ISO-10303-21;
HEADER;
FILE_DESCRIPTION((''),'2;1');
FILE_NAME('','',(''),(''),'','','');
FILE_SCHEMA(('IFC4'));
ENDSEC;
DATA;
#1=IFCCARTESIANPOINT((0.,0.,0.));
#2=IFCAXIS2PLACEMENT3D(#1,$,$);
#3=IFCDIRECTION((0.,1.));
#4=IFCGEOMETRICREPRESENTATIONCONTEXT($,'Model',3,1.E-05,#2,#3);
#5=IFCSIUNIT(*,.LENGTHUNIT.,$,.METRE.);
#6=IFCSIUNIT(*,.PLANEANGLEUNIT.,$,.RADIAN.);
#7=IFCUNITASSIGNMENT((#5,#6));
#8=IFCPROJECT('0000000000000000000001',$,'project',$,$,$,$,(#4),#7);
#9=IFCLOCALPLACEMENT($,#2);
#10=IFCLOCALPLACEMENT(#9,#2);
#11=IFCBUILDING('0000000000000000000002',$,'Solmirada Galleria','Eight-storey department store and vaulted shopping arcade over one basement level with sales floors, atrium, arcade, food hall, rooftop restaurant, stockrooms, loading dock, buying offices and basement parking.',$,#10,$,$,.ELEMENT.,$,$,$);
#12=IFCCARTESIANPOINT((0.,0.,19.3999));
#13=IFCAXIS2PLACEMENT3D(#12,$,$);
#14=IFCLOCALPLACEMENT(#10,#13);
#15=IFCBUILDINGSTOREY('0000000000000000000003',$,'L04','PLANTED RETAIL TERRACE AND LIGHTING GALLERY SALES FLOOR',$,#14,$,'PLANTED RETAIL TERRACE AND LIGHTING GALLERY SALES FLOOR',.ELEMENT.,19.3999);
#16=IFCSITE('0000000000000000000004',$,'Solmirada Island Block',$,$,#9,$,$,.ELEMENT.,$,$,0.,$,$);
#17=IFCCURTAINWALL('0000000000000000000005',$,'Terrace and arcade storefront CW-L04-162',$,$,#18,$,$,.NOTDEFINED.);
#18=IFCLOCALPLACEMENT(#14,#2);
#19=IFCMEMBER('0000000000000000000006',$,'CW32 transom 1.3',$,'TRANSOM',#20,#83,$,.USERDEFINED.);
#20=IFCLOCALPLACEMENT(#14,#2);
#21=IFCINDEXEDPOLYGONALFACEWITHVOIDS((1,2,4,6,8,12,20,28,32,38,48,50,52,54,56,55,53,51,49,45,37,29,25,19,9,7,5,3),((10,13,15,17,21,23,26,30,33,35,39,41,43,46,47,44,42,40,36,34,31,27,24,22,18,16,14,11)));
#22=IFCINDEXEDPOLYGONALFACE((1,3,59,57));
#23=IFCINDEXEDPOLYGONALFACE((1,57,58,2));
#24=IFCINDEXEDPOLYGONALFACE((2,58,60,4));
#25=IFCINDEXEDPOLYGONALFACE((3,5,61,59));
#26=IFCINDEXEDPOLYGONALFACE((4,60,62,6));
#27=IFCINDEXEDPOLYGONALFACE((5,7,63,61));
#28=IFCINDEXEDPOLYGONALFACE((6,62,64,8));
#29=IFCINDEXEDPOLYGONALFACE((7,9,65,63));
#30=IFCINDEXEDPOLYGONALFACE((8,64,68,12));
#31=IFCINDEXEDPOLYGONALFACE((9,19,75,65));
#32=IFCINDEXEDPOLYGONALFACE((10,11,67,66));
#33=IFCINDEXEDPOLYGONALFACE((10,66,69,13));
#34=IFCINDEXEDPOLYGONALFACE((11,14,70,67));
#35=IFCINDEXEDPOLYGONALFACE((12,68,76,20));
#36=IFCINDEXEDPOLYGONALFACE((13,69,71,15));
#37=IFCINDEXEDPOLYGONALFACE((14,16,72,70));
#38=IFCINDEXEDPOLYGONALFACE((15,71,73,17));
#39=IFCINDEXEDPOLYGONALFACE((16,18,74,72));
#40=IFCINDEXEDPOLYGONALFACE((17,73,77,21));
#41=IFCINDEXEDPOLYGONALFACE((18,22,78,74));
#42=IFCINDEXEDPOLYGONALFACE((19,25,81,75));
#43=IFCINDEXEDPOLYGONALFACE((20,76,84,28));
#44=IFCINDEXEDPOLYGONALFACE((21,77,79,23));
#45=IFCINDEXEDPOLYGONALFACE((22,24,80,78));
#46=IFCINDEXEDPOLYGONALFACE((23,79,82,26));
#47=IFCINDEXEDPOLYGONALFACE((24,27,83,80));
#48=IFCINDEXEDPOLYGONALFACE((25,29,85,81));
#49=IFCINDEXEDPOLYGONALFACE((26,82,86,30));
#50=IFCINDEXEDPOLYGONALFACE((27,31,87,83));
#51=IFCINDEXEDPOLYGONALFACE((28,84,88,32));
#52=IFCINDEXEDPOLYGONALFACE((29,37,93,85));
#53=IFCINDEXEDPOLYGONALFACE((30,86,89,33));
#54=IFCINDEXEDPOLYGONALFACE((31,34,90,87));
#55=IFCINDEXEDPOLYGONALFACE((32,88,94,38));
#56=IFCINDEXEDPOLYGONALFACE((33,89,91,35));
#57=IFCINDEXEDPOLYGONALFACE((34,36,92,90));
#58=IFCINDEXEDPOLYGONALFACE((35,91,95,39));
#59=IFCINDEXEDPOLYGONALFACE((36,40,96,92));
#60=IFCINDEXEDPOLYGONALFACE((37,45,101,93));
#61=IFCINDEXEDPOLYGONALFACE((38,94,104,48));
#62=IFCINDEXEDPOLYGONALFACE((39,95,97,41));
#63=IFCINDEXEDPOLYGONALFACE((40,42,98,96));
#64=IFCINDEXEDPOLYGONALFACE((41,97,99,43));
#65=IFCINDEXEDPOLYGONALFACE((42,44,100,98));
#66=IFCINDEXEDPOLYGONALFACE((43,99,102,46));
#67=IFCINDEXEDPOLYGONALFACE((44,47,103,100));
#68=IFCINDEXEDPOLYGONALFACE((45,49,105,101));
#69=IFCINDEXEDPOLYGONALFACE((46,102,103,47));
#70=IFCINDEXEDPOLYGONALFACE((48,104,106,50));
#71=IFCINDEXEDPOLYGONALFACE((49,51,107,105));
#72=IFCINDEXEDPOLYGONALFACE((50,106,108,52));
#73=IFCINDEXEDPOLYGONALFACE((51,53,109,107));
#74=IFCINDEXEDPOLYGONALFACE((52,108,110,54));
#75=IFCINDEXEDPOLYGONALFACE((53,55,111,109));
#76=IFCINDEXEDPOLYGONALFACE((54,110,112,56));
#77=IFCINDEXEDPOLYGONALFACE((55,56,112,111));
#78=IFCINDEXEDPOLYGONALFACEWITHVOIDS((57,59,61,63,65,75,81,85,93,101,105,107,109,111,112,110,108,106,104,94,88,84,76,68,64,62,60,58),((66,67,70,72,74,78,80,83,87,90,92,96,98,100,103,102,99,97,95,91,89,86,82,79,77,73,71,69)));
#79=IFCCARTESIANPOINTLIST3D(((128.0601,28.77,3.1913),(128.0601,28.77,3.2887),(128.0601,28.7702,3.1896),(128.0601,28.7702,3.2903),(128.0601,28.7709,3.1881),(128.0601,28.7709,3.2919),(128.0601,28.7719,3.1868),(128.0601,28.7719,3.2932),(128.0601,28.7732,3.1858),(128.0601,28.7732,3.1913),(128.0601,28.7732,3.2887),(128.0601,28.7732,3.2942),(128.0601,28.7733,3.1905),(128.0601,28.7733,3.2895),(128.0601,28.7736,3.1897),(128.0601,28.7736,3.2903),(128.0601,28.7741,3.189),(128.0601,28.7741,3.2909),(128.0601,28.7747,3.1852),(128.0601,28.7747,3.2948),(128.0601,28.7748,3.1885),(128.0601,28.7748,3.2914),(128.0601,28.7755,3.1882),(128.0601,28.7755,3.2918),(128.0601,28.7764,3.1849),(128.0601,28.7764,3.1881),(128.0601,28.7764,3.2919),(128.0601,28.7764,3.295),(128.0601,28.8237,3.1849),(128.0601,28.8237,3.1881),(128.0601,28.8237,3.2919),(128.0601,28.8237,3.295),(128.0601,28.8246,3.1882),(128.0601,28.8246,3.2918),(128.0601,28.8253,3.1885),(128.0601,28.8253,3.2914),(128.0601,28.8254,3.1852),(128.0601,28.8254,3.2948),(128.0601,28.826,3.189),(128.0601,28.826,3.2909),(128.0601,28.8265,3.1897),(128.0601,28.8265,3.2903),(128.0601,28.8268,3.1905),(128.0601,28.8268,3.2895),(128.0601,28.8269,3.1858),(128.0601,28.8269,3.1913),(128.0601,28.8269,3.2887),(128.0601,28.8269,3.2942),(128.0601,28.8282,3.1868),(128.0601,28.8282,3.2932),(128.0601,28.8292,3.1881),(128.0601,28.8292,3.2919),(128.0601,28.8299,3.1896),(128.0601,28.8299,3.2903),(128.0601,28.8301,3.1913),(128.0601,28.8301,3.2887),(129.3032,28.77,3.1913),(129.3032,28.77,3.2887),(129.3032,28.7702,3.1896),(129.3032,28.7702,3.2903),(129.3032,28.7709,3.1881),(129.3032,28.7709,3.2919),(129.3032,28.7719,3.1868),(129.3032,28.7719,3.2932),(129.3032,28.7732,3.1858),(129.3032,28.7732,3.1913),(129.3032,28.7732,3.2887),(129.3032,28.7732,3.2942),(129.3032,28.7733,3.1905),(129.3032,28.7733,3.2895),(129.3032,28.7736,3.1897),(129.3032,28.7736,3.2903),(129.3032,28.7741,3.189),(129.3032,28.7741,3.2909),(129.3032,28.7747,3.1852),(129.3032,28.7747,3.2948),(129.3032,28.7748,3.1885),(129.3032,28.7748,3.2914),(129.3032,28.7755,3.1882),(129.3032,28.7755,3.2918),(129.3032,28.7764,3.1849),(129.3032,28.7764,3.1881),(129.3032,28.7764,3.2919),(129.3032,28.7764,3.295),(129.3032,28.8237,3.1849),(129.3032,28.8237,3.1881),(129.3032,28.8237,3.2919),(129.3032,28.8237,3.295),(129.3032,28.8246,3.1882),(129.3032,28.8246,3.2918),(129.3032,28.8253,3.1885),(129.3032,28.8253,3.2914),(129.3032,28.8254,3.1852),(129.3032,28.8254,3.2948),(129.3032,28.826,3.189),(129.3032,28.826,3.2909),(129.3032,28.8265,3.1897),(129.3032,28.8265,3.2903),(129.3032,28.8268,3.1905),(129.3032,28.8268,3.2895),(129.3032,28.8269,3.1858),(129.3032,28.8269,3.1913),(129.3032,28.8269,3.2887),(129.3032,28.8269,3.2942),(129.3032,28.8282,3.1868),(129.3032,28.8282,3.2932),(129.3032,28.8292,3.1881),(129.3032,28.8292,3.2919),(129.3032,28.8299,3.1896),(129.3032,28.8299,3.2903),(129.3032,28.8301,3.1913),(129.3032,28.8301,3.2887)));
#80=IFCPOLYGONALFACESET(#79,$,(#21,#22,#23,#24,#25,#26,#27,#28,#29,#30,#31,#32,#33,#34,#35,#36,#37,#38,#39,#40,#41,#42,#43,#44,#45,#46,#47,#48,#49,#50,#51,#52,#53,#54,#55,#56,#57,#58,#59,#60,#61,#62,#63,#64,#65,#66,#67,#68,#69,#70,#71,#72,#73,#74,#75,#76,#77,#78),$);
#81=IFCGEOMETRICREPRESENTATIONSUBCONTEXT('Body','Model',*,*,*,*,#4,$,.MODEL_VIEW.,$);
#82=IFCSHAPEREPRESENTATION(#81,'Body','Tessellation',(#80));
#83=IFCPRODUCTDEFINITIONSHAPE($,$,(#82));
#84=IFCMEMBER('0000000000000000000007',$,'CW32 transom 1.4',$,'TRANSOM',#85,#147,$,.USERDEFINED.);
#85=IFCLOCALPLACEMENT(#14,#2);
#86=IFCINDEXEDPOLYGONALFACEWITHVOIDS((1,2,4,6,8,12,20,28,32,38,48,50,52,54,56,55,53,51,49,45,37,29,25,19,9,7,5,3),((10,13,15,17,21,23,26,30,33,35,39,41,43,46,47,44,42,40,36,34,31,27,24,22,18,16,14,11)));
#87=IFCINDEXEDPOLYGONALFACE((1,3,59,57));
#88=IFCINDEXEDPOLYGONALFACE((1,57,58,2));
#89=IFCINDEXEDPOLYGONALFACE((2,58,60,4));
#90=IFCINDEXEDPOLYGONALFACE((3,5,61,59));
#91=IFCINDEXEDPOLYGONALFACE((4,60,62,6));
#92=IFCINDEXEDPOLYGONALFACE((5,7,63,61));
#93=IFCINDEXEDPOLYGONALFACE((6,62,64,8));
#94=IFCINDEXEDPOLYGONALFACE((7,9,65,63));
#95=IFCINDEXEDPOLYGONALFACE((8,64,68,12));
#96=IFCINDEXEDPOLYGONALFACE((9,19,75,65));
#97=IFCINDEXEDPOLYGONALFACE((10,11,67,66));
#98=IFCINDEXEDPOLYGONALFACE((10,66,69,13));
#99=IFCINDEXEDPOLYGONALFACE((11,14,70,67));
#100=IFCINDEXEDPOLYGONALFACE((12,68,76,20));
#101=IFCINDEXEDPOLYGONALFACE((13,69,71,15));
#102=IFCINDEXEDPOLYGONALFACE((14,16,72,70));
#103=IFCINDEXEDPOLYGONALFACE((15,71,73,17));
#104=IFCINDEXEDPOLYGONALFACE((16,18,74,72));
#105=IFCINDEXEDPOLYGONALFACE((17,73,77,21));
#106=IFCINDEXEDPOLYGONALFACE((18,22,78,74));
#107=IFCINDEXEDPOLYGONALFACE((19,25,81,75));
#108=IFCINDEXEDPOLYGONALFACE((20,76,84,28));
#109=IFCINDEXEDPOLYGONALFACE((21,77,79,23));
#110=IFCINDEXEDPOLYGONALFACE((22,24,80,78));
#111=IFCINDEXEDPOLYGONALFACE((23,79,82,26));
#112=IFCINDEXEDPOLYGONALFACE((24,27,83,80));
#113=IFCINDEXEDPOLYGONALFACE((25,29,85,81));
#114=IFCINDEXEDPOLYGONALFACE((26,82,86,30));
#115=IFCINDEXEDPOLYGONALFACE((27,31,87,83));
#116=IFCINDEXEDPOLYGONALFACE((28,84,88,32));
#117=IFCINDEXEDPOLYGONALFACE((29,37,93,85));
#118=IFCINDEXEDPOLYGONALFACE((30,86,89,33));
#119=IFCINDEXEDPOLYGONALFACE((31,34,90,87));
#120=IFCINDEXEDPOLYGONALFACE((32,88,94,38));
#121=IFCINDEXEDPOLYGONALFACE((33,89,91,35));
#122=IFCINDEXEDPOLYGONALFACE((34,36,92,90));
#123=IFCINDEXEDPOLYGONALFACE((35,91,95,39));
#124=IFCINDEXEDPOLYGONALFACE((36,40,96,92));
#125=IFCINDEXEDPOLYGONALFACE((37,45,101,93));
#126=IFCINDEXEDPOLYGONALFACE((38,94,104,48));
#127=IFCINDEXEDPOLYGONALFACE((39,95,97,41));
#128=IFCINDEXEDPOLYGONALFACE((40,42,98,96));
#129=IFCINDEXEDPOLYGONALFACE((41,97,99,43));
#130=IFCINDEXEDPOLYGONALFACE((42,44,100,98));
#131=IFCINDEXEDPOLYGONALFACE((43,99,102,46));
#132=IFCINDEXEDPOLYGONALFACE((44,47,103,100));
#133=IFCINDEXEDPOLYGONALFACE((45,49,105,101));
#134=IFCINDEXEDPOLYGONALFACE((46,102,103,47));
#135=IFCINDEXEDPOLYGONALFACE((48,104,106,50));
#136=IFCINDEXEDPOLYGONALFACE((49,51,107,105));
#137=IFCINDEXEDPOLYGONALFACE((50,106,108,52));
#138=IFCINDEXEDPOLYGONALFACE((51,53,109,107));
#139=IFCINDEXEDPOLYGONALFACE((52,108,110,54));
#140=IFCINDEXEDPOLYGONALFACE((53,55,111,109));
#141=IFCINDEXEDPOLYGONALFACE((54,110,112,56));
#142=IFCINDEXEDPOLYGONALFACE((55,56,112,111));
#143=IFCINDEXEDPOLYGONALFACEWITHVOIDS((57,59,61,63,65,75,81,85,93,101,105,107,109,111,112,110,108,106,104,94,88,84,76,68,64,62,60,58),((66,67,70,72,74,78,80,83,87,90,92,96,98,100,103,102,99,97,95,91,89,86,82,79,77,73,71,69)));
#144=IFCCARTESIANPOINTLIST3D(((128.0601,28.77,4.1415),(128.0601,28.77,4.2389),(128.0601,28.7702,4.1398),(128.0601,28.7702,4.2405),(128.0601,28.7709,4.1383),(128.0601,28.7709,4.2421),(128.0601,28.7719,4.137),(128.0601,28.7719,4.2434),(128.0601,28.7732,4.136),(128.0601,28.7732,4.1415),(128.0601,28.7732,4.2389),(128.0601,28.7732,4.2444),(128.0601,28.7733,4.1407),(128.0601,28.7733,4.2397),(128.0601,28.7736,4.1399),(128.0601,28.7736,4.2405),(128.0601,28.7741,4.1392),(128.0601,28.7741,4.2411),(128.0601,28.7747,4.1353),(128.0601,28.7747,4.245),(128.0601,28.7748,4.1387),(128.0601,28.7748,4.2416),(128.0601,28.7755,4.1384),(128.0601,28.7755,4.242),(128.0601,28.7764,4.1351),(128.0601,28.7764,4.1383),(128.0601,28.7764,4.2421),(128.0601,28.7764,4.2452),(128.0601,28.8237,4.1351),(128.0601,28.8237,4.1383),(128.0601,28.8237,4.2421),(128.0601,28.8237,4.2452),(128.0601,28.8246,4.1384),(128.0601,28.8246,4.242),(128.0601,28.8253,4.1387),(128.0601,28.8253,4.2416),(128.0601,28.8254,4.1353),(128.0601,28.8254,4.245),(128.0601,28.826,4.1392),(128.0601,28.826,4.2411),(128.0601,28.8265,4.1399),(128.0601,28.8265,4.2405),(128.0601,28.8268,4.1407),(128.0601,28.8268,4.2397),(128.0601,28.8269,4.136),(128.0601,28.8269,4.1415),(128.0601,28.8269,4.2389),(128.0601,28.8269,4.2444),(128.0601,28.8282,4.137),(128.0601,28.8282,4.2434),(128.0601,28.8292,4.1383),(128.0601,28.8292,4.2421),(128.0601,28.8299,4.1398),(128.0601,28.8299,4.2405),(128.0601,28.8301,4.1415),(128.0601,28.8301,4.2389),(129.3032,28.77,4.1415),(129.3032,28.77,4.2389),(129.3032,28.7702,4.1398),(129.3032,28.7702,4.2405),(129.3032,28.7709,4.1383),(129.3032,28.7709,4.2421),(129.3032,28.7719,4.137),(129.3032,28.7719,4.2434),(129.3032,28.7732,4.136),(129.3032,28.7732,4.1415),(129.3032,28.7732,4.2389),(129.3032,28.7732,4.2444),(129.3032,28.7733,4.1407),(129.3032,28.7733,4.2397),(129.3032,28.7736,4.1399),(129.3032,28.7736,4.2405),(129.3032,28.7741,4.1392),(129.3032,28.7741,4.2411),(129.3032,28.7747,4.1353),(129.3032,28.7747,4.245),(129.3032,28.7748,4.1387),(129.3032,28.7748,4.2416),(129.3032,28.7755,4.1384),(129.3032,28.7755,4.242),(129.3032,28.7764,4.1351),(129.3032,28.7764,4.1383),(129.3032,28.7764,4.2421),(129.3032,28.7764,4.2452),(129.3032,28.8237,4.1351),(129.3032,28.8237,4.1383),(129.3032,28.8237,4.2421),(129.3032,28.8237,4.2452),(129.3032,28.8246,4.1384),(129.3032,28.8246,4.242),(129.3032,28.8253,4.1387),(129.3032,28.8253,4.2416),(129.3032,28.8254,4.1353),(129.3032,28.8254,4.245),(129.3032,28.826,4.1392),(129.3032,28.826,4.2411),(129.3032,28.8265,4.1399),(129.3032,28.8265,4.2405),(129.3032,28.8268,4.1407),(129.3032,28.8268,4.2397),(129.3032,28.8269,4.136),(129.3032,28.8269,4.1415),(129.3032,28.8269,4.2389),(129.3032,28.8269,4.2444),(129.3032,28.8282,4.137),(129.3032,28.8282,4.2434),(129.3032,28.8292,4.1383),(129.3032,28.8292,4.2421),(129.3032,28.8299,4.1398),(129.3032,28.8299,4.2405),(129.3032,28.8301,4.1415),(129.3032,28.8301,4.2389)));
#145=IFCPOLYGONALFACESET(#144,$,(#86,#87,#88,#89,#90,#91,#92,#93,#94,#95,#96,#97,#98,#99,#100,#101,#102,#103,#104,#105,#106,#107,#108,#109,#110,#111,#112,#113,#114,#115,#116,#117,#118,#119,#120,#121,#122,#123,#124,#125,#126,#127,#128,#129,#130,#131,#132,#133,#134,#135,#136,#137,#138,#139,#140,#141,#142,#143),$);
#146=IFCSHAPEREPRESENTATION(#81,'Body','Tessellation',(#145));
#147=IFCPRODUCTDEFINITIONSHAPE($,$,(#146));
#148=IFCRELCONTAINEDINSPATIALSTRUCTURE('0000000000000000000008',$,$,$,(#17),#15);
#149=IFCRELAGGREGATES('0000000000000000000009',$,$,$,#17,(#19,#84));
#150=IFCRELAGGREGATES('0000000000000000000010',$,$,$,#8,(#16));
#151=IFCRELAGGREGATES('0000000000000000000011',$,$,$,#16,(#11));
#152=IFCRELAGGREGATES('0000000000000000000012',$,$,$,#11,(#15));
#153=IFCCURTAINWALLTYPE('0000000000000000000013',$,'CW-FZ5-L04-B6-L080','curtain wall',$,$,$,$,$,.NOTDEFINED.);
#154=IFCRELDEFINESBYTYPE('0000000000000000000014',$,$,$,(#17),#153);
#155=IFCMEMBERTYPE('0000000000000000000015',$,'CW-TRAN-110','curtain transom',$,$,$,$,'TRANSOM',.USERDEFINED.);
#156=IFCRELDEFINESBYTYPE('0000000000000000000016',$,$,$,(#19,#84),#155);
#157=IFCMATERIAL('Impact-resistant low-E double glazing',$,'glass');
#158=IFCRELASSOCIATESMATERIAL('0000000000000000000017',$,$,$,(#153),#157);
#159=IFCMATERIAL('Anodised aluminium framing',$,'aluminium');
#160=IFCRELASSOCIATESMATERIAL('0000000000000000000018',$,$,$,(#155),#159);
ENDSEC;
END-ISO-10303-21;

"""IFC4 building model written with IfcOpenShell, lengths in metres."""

from ifc_helpers import new_model, si_unit, direction, frame, origin, origin_2d, place, context, subcontext, project, spatial, hollow_rectangle, extrude, material, material_profile, profile_set, type_object, element, aggregate, save


model = new_model("IFC4")

# Units and contexts
model_context = context("Model", 3, precision=1e-05, world=origin(), true_north=direction((0.0, 1.0)))
body_context = subcontext(model_context, "Body", "Model", "MODEL_VIEW")
ifc_project = project(units=[si_unit("LENGTHUNIT", "METRE"), si_unit("PLANEANGLEUNIT", "RADIAN")], contexts=[model_context])

# Site, building, storey
site_placement = place(None, origin())
site = spatial("IfcSite", under=ifc_project, at=site_placement, Name="Solmirada Island Block", CompositionType="ELEMENT", RefElevation=0.0)
building_placement = place(site_placement, origin())
building = spatial("IfcBuilding", under=site, at=building_placement, Name="Solmirada Galleria", Description="Eight-storey department store and vaulted shopping arcade over one basement level with sales floors, atrium, arcade, food hall, rooftop restaurant, stockrooms, loading dock, buying offices and basement parking.", CompositionType="ELEMENT")
storey_placement = place(building_placement, frame((0.0, 0.0, 19.3999)))
storey = spatial("IfcBuildingStorey", under=building, at=storey_placement, Name="L04", Description="PLANTED RETAIL TERRACE AND LIGHTING GALLERY SALES FLOOR", LongName="PLANTED RETAIL TERRACE AND LIGHTING GALLERY SALES FLOOR", CompositionType="ELEMENT", Elevation=19.3999)

# Curtain wall, members
ifc_material_1 = material(Name="Impact-resistant low-E double glazing", Category="glass")
curtain_wall_type = type_object("IfcCurtainWallType", Name="CW-FZ5-L04-B6-L080", Description="curtain wall", PredefinedType="NOTDEFINED", material=ifc_material_1)
curtain_wall_placement = place(storey_placement, origin())
curtain_wall = element("IfcCurtainWall", 1, at=curtain_wall_placement, inside=storey, type_object=curtain_wall_type, Name="Terrace and arcade storefront CW-L04-162", PredefinedType="NOTDEFINED")
ifc_material_2 = material(Name="Anodised aluminium framing", Category="aluminium")
ifc_material_profile_1 = material_profile(ifc_material_2, hollow_rectangle(XDim=0.0601, YDim=0.1101, WallThickness=0.0032, InnerFilletRadius=0.0032, OuterFilletRadius=0.0063, at=origin_2d()), Name="ALU-TRAN-110X60")
ifc_profile_set_1 = profile_set([ifc_material_profile_1], Name="Anodised aluminium framing")
member_type_1 = type_object("IfcMemberType", Name="CW-TRAN-110", Description="curtain transom", ElementType="TRANSOM", PredefinedType="USERDEFINED", material=ifc_profile_set_1)
member_1_placement = place(storey_placement, frame((128.0601, 28.8, 3.24), z_axis=(1.0, 0.0, 0.0), x_axis=(0.0, 1.0, 0.0)))
member_1 = element("IfcMember", 2, at=member_1_placement, type_object=member_type_1, Name="CW32 transom 1.3", ObjectType="TRANSOM", PredefinedType="USERDEFINED", context=body_context, shape_type="SweptSolid", body=[
    extrude(hollow_rectangle(XDim=0.0601, YDim=0.1101, WallThickness=0.0032, InnerFilletRadius=0.0032, OuterFilletRadius=0.0063, at=origin_2d()), origin(), (0.0, 0.0, 1.0), 1.2432),
])
member_2_placement = place(storey_placement, frame((128.0601, 28.8, 4.1902), z_axis=(1.0, 0.0, 0.0), x_axis=(0.0, 1.0, 0.0)))
member_2 = element("IfcMember", 3, at=member_2_placement, type_object=member_type_1, Name="CW32 transom 1.4", ObjectType="TRANSOM", PredefinedType="USERDEFINED", context=body_context, shape_type="SweptSolid", body=[
    extrude(hollow_rectangle(XDim=0.0601, YDim=0.1101, WallThickness=0.0032, InnerFilletRadius=0.0032, OuterFilletRadius=0.0063, at=origin_2d()), origin(), (0.0, 0.0, 1.0), 1.2432),
])
aggregate(curtain_wall, [member_1, member_2])

save(model, "model.ifc")
